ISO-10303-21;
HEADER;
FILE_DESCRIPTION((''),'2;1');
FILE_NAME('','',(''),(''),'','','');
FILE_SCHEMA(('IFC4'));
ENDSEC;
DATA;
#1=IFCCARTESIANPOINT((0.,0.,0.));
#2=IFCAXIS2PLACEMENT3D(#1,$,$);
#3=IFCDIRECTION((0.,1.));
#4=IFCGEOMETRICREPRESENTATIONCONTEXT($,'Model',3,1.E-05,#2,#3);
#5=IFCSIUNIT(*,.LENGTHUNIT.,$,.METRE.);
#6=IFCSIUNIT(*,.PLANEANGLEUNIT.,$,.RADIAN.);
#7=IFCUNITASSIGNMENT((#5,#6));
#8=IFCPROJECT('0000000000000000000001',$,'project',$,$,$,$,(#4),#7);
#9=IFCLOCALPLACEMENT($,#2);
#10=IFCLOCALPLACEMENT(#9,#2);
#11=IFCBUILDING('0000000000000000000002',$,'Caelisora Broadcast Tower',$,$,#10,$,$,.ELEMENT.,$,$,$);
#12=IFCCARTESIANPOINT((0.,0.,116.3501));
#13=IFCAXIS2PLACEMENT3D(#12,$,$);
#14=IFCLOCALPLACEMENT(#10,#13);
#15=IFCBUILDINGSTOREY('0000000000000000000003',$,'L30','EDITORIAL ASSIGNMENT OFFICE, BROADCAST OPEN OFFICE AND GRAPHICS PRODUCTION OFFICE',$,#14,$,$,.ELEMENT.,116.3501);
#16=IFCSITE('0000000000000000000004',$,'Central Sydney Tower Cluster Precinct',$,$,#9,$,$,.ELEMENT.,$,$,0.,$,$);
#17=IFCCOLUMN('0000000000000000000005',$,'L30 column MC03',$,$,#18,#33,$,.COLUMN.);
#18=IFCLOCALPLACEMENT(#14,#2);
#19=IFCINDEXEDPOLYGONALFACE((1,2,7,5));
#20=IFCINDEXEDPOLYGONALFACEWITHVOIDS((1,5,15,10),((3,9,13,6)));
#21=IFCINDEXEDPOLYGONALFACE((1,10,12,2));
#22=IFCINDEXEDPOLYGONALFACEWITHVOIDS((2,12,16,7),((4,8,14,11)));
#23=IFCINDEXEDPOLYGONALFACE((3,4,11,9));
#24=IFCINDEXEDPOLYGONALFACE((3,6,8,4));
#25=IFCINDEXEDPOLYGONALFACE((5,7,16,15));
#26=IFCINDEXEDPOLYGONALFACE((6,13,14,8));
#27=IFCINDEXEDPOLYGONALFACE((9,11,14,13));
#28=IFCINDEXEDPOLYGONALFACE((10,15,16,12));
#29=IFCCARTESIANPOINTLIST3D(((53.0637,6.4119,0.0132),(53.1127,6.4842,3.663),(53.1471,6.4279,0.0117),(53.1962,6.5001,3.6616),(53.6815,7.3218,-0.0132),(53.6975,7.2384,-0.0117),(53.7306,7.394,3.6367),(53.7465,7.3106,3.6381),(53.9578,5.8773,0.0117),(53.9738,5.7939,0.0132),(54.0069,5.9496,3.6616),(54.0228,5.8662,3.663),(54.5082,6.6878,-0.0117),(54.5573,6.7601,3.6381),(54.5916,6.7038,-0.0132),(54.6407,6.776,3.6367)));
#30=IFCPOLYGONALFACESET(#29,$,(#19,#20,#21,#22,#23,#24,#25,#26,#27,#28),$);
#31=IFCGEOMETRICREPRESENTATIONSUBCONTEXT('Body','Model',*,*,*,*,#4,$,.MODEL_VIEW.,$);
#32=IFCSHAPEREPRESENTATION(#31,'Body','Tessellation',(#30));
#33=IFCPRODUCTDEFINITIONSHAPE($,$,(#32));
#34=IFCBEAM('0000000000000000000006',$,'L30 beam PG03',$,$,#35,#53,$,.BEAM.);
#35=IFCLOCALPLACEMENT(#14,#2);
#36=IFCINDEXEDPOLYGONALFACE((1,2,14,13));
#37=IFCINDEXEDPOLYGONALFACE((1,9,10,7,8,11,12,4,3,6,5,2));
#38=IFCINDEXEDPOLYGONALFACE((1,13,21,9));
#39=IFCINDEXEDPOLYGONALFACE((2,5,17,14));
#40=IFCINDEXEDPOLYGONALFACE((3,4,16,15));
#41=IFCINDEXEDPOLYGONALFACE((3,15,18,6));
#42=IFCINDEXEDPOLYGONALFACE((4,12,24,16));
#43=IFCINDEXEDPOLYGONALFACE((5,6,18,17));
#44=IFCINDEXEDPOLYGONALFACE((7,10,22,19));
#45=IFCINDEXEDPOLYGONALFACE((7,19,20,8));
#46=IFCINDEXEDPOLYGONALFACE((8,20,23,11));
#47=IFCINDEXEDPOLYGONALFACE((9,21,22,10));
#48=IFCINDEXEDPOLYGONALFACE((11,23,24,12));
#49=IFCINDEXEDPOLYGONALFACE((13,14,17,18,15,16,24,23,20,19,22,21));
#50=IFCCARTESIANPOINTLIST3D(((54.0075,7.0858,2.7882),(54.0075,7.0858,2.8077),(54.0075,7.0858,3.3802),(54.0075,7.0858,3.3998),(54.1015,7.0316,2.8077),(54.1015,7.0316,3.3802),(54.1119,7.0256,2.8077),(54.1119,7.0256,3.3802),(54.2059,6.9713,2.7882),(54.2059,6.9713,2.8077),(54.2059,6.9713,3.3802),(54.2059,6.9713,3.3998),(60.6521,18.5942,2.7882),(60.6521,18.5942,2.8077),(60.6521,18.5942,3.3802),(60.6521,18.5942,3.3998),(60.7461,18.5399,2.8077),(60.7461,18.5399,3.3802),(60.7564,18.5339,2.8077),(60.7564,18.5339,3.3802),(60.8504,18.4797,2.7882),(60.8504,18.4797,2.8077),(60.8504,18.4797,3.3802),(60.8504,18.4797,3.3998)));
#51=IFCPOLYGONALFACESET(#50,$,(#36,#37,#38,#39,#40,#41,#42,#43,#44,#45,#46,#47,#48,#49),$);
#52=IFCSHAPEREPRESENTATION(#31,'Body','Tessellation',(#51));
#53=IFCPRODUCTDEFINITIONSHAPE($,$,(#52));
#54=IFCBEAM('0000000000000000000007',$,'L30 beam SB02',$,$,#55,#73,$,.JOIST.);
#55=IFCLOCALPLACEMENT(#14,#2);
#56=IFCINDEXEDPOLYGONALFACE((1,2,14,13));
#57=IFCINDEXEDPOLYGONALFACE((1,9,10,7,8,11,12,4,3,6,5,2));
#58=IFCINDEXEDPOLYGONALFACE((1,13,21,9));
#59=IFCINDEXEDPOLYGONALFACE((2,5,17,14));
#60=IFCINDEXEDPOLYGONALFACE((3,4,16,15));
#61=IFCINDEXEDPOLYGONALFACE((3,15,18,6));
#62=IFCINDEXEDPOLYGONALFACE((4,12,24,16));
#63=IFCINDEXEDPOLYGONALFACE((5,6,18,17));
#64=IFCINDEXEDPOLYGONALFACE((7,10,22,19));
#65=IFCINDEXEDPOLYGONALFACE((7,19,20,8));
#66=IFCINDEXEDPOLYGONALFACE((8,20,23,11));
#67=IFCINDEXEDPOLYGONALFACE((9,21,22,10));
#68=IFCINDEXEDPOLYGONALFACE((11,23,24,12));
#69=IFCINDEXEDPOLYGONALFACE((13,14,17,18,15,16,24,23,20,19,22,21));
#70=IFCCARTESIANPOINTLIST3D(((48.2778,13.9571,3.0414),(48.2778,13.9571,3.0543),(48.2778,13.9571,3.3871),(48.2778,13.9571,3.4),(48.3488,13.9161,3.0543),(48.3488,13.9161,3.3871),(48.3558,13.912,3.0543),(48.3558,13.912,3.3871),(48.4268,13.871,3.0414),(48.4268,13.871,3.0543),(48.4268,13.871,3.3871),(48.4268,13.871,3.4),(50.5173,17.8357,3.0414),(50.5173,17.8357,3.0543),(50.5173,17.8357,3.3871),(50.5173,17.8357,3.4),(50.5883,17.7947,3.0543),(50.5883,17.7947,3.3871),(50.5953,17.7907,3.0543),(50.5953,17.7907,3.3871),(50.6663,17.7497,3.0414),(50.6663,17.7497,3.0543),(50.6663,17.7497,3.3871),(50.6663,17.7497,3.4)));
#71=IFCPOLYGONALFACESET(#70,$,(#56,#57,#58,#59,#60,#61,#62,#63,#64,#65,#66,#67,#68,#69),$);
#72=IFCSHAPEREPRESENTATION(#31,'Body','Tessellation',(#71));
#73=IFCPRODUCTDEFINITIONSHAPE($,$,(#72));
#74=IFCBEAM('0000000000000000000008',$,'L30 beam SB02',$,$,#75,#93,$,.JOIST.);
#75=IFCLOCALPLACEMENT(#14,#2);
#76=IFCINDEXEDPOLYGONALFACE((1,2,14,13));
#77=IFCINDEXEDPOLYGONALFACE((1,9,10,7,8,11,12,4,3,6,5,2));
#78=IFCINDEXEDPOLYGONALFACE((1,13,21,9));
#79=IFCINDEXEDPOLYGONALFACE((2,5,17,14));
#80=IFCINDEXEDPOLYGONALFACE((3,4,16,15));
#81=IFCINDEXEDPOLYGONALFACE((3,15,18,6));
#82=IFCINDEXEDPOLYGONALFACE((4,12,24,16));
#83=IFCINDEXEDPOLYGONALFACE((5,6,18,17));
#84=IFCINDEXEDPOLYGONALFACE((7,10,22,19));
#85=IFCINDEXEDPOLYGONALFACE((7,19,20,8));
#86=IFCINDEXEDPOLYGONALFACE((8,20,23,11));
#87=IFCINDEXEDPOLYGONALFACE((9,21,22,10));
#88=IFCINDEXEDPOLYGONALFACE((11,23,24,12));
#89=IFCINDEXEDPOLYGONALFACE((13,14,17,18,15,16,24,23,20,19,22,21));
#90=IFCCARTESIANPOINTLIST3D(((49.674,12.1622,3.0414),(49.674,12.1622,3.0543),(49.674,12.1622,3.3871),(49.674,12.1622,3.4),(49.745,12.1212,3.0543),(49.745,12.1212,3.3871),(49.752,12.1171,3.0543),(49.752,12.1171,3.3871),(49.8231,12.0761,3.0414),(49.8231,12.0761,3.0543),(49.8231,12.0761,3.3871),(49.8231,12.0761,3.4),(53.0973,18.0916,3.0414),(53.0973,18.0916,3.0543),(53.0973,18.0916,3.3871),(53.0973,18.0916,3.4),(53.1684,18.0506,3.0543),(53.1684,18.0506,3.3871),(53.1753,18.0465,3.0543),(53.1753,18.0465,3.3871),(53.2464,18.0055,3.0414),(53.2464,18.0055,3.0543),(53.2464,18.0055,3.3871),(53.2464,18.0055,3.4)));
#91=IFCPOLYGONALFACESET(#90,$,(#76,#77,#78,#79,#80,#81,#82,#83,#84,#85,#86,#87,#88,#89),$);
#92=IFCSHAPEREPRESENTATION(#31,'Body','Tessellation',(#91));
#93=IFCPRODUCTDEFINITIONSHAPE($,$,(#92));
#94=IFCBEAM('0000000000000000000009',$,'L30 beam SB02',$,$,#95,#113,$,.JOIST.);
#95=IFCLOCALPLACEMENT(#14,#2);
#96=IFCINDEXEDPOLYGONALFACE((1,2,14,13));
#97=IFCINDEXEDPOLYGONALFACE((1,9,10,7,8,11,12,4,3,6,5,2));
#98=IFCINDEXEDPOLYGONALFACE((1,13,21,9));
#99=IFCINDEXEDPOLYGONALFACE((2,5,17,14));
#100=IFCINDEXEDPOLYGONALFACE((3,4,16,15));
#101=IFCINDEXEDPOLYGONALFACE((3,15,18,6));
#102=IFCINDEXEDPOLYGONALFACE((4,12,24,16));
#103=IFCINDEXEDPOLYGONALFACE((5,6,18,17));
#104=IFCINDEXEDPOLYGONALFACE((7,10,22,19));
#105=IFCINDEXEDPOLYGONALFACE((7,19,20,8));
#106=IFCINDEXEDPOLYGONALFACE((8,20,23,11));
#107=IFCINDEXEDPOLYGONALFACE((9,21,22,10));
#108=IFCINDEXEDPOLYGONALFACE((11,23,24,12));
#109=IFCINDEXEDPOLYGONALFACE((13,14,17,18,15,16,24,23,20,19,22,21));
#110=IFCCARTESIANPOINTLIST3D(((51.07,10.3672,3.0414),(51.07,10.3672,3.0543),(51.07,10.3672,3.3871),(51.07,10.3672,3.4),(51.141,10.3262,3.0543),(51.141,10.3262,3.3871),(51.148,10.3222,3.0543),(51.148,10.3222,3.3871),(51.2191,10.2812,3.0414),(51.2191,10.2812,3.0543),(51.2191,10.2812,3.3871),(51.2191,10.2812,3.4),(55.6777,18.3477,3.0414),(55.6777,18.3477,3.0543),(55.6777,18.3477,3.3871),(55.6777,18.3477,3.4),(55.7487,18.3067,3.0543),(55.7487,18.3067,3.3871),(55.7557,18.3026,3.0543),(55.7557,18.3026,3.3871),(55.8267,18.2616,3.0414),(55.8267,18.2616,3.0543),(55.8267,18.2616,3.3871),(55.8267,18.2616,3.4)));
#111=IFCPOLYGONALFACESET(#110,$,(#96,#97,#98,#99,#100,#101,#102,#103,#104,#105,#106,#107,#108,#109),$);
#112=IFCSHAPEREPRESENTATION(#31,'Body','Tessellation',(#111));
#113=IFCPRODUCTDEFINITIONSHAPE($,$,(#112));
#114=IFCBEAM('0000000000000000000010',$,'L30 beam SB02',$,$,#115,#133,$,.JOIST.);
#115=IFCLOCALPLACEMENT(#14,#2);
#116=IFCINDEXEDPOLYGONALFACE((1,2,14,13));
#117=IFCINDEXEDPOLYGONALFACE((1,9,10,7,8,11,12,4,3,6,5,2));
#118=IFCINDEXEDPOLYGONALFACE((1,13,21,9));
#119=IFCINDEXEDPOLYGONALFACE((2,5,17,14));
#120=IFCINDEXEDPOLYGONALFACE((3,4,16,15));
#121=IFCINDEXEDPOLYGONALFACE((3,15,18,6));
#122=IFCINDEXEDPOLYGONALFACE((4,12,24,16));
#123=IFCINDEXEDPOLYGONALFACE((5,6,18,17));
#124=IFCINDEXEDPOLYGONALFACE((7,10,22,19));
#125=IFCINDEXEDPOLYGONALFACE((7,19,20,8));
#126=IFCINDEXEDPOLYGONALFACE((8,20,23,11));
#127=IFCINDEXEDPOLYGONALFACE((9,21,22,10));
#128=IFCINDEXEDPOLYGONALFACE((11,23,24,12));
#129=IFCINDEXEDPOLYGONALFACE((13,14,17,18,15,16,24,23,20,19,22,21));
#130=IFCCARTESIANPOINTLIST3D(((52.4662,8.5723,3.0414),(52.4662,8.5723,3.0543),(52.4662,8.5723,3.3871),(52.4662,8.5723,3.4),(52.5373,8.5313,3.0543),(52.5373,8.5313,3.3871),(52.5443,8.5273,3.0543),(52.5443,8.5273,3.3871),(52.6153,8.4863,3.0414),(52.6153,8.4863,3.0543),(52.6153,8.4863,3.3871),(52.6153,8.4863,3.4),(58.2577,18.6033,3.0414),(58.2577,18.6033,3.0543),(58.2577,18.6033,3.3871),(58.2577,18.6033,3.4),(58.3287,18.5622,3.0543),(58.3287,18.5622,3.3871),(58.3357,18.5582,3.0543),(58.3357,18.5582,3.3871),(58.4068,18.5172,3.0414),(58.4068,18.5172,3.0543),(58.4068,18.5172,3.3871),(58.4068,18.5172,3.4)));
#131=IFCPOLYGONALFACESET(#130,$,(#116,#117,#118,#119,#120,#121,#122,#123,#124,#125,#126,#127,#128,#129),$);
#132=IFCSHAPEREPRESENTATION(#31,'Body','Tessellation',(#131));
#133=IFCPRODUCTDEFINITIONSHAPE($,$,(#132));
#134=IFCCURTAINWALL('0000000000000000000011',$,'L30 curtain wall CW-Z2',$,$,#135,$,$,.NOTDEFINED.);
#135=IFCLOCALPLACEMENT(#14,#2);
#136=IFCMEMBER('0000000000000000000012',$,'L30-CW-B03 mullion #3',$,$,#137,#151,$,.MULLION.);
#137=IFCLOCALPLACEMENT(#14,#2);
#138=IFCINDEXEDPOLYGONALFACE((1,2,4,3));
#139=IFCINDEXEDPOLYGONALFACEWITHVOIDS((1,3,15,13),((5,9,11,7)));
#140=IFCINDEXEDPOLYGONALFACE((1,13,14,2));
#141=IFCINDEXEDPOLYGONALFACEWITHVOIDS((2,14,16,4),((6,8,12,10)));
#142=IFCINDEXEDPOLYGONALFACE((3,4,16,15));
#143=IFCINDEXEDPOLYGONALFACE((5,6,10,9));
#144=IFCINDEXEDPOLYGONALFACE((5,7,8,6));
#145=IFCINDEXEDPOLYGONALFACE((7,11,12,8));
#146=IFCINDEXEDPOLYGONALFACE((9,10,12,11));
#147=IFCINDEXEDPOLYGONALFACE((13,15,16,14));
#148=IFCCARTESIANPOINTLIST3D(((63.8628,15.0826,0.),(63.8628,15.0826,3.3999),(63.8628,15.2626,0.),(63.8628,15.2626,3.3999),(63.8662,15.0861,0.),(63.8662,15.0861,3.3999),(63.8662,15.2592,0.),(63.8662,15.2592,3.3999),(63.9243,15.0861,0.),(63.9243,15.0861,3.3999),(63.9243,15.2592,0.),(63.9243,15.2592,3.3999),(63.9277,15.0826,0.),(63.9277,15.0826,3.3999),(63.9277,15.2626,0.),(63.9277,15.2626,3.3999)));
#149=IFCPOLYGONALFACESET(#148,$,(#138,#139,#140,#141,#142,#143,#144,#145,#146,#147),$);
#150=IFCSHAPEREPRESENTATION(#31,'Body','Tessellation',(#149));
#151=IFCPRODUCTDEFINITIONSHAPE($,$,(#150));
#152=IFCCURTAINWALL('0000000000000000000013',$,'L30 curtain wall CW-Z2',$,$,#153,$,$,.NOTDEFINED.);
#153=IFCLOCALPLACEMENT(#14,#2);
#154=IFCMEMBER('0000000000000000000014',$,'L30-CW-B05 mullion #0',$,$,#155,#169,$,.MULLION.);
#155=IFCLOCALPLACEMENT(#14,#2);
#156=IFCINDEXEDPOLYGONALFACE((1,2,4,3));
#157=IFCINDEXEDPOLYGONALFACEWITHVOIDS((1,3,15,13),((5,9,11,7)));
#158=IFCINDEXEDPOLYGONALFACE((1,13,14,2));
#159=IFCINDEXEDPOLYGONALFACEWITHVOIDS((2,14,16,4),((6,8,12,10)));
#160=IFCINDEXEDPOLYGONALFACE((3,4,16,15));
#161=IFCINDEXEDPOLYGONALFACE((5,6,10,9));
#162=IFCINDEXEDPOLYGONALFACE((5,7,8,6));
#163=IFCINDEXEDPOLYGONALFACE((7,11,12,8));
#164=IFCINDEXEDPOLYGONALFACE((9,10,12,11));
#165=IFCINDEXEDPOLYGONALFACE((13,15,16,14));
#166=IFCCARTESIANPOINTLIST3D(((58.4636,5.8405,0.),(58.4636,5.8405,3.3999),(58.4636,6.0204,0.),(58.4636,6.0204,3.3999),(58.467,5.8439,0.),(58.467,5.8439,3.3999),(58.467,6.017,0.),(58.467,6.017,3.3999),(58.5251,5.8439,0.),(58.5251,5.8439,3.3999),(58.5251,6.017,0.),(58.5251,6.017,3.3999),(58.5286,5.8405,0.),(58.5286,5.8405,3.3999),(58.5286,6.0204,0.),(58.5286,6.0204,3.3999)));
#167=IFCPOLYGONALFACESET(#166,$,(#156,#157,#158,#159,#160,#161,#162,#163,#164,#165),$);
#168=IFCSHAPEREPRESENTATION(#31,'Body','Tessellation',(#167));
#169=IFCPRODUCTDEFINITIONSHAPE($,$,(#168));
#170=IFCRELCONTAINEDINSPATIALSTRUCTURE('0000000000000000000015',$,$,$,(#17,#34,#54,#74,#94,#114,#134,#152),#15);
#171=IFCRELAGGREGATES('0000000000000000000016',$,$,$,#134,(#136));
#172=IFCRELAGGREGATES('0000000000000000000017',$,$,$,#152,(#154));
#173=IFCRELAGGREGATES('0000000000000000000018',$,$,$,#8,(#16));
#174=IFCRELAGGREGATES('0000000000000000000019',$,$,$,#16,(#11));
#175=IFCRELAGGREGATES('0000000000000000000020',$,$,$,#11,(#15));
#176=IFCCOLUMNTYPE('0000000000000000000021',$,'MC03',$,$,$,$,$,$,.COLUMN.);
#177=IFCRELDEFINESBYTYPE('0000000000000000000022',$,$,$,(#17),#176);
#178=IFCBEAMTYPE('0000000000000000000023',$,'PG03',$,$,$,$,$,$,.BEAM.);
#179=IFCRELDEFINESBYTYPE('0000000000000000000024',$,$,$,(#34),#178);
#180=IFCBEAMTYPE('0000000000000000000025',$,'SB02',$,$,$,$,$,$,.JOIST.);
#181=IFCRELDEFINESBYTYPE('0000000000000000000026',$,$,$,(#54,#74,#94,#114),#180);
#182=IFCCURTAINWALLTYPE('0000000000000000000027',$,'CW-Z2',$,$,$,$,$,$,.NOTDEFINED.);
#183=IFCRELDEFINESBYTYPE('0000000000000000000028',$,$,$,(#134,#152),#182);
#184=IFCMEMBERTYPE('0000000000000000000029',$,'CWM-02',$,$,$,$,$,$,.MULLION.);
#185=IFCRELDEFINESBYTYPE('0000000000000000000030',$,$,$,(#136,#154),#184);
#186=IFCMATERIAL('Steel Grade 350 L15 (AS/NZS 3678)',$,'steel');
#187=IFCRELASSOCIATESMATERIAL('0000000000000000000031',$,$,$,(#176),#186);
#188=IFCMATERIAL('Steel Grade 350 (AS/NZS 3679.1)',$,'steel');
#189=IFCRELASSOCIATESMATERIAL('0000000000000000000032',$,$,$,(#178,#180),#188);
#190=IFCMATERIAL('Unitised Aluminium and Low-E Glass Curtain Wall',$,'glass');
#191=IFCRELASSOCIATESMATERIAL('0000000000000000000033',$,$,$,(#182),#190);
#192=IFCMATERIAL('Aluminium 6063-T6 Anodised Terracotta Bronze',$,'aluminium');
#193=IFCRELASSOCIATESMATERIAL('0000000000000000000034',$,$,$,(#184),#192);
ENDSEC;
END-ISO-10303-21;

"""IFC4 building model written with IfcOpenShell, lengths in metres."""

from ifc_helpers import new_model, si_unit, direction, frame, origin, origin_2d, place, context, subcontext, project, spatial, hollow_rectangle, i_section, extrude, source, transform, mapped, material, material_profile, profile_set, type_object, type_shapes, element, aggregate, save


model = new_model("IFC4")

# Units and contexts
model_context = context("Model", 3, precision=1e-05, world=origin(), true_north=direction((0.0, 1.0)))
body_context = subcontext(model_context, "Body", "Model", "MODEL_VIEW")
ifc_project = project(units=[si_unit("LENGTHUNIT", "METRE"), si_unit("PLANEANGLEUNIT", "RADIAN")], contexts=[model_context])

# Site, building, storey
site_placement = place(None, origin())
site = spatial("IfcSite", under=ifc_project, at=site_placement, Name="Central Sydney Tower Cluster Precinct", CompositionType="ELEMENT", RefElevation=0.0)
building_placement = place(site_placement, origin())
building = spatial("IfcBuilding", under=site, at=building_placement, Name="Caelisora Broadcast Tower", CompositionType="ELEMENT")
storey_placement = place(building_placement, frame((0.0, 0.0, 116.3501)))
storey = spatial("IfcBuildingStorey", under=building, at=storey_placement, Name="L30", Description="EDITORIAL ASSIGNMENT OFFICE, BROADCAST OPEN OFFICE AND GRAPHICS PRODUCTION OFFICE", CompositionType="ELEMENT", Elevation=116.3501)

# Column
ifc_material_1 = material(Name="Steel Grade 350 L15 (AS/NZS 3678)", Category="steel")
ifc_material_profile_1 = material_profile(ifc_material_1, hollow_rectangle(XDim=1.1001, YDim=1.1001, WallThickness=0.0601, at=origin_2d()), Name="Steel Grade 350 L15 (AS/NZS 3678)")
ifc_profile_set_1 = profile_set([ifc_material_profile_1], Name="Steel Grade 350 L15 (AS/NZS 3678)")
column_type = type_object("IfcColumnType", Name="MC03", PredefinedType="COLUMN", material=ifc_profile_set_1)
shared_shape_1 = source(origin(), body_context, "Body", "SweptSolid", [
    extrude(hollow_rectangle(XDim=1.1001, YDim=1.1001, WallThickness=0.0601, at=origin_2d()), origin(), (0.0, 0.0, 1.0), 3.6509),
])
type_shapes(column_type, [shared_shape_1])
column_placement = place(storey_placement, frame((53.8276, 6.5579, 0.0), z_axis=(0.013441, 0.019794, 0.999714), x_axis=(-0.82729, 0.561775, 0.0)))
element("IfcColumn", 1, at=column_placement, inside=storey, type_object=column_type, Name="L30 column MC03", PredefinedType="COLUMN", context=body_context, shape_type="MappedRepresentation", body=[
    mapped(shared_shape_1, transform((0.0, 0.0, 0.0), scale=1.0)),
])

# Beams
ifc_material_2 = material(Name="Steel Grade 350 (AS/NZS 3679.1)", Category="steel")
ifc_material_profile_2 = material_profile(ifc_material_2, i_section(OverallWidth=0.229, OverallDepth=0.6116, WebThickness=0.012, FlangeThickness=0.0195, at=origin_2d()), Name="Steel Grade 350 (AS/NZS 3679.1)")
ifc_profile_set_2 = profile_set([ifc_material_profile_2], Name="Steel Grade 350 (AS/NZS 3679.1)")
beam_type_1 = type_object("IfcBeamType", Name="PG03", PredefinedType="BEAM", material=ifc_profile_set_2)
shared_shape_2 = source(origin(), body_context, "Body", "SweptSolid", [
    extrude(i_section(OverallWidth=0.229, OverallDepth=0.6116, WebThickness=0.012, FlangeThickness=0.0195, at=origin_2d()), origin(), (0.0, 0.0, 1.0), 13.2888),
])
type_shapes(beam_type_1, [shared_shape_2])
beam_1_placement = place(storey_placement, frame((54.1067, 7.0286, 3.094), z_axis=(0.500012, 0.866019, 0.0), x_axis=(-0.866019, 0.500012, 0.0)))
element("IfcBeam", 2, at=beam_1_placement, inside=storey, type_object=beam_type_1, Name="L30 beam PG03", PredefinedType="BEAM", context=body_context, shape_type="MappedRepresentation", body=[
    mapped(shared_shape_2, transform((0.0, 0.0, 0.0), scale=1.0)),
])
ifc_material_profile_3 = material_profile(ifc_material_2, i_section(OverallWidth=0.1721, OverallDepth=0.3586, WebThickness=0.0081, FlangeThickness=0.0129, at=origin_2d()), Name="Steel Grade 350 (AS/NZS 3679.1)")
ifc_profile_set_3 = profile_set([ifc_material_profile_3], Name="Steel Grade 350 (AS/NZS 3679.1)")
beam_type_2 = type_object("IfcBeamType", Name="SB02", PredefinedType="JOIST", material=ifc_profile_set_3)
shared_shape_3 = source(origin(), body_context, "Body", "SweptSolid", [
    extrude(i_section(OverallWidth=0.1721, OverallDepth=0.3586, WebThickness=0.0081, FlangeThickness=0.0129, at=origin_2d()), origin(), (0.0, 0.0, 1.0), 4.4788),
])
beam_2_placement = place(storey_placement, frame((48.3523, 13.9141, 3.2207), z_axis=(0.500026, 0.86601, 0.0), x_axis=(-0.86601, 0.500026, 0.0)))
element("IfcBeam", 3, at=beam_2_placement, inside=storey, type_object=beam_type_2, Name="L30 beam SB02", PredefinedType="JOIST", context=body_context, shape_type="MappedRepresentation", body=[
    mapped(shared_shape_3, transform((0.0, 0.0, 0.0), scale=1.0)),
])
shared_shape_4 = source(origin(), body_context, "Body", "SweptSolid", [
    extrude(i_section(OverallWidth=0.1721, OverallDepth=0.3586, WebThickness=0.0081, FlangeThickness=0.0129, at=origin_2d()), origin(), (0.0, 0.0, 1.0), 6.8467),
])
beam_3_placement = place(storey_placement, frame((49.7485, 12.1191, 3.2207), z_axis=(0.499997, 0.866027, 0.0), x_axis=(-0.866027, 0.499997, 0.0)))
element("IfcBeam", 4, at=beam_3_placement, inside=storey, type_object=beam_type_2, Name="L30 beam SB02", PredefinedType="JOIST", context=body_context, shape_type="MappedRepresentation", body=[
    mapped(shared_shape_4, transform((0.0, 0.0, 0.0), scale=1.0)),
])
shared_shape_5 = source(origin(), body_context, "Body", "SweptSolid", [
    extrude(i_section(OverallWidth=0.1721, OverallDepth=0.3586, WebThickness=0.0081, FlangeThickness=0.0129, at=origin_2d()), origin(), (0.0, 0.0, 1.0), 9.2151),
])
beam_4_placement = place(storey_placement, frame((51.1445, 10.3242, 3.2207), z_axis=(0.500011, 0.866019, 0.0), x_axis=(-0.866019, 0.500011, 0.0)))
element("IfcBeam", 5, at=beam_4_placement, inside=storey, type_object=beam_type_2, Name="L30 beam SB02", PredefinedType="JOIST", context=body_context, shape_type="MappedRepresentation", body=[
    mapped(shared_shape_5, transform((0.0, 0.0, 0.0), scale=1.0)),
])
shared_shape_6 = source(origin(), body_context, "Body", "SweptSolid", [
    extrude(i_section(OverallWidth=0.1721, OverallDepth=0.3586, WebThickness=0.0081, FlangeThickness=0.0129, at=origin_2d()), origin(), (0.0, 0.0, 1.0), 11.5828),
])
type_shapes(beam_type_2, [shared_shape_3, shared_shape_4, shared_shape_5, shared_shape_6])
beam_5_placement = place(storey_placement, frame((52.5408, 8.5293, 3.2207), z_axis=(0.500006, 0.866022, 0.0), x_axis=(-0.866022, 0.500006, 0.0)))
element("IfcBeam", 6, at=beam_5_placement, inside=storey, type_object=beam_type_2, Name="L30 beam SB02", PredefinedType="JOIST", context=body_context, shape_type="MappedRepresentation", body=[
    mapped(shared_shape_6, transform((0.0, 0.0, 0.0), scale=1.0)),
])

# Curtain wall, member
ifc_material_3 = material(Name="Unitised Aluminium and Low-E Glass Curtain Wall", Category="glass")
curtain_wall_type = type_object("IfcCurtainWallType", Name="CW-Z2", PredefinedType="NOTDEFINED", material=ifc_material_3)
curtain_wall_1_placement = place(storey_placement, origin())
curtain_wall_1 = element("IfcCurtainWall", 7, at=curtain_wall_1_placement, inside=storey, type_object=curtain_wall_type, Name="L30 curtain wall CW-Z2", PredefinedType="NOTDEFINED")
ifc_material_4 = material(Name="Aluminium 6063-T6 Anodised Terracotta Bronze", Category="aluminium")
ifc_material_profile_4 = material_profile(ifc_material_4, hollow_rectangle(XDim=0.0649, YDim=0.1799, WallThickness=0.0034, at=origin_2d()), Name="Aluminium 6063-T6 Anodised Terracotta Bronze")
ifc_profile_set_4 = profile_set([ifc_material_profile_4], Name="Aluminium 6063-T6 Anodised Terracotta Bronze")
member_type_1 = type_object("IfcMemberType", Name="CWM-02", PredefinedType="MULLION", material=ifc_profile_set_4)
shared_shape_7 = source(origin(), body_context, "Body", "SweptSolid", [
    extrude(hollow_rectangle(XDim=0.0649, YDim=0.1799, WallThickness=0.0034, at=origin_2d()), origin(), (0.0, 0.0, 1.0), 3.3999),
])
type_shapes(member_type_1, [shared_shape_7])
member_1_placement = place(storey_placement, frame((63.8953, 15.1726, 0.0), z_axis=(0.0, 0.0, 1.0), x_axis=(1.0, 0.0, 0.0)))
member_1 = element("IfcMember", 8, at=member_1_placement, type_object=member_type_1, Name="L30-CW-B03 mullion #3", PredefinedType="MULLION", context=body_context, shape_type="MappedRepresentation", body=[
    mapped(shared_shape_7, transform((0.0, 0.0, 0.0), scale=1.0)),
])
aggregate(curtain_wall_1, [member_1])

# Curtain wall, member
curtain_wall_2_placement = place(storey_placement, origin())
curtain_wall_2 = element("IfcCurtainWall", 9, at=curtain_wall_2_placement, inside=storey, type_object=curtain_wall_type, Name="L30 curtain wall CW-Z2", PredefinedType="NOTDEFINED")
member_2_placement = place(storey_placement, frame((58.4961, 5.9304, 0.0), z_axis=(0.0, 0.0, 1.0), x_axis=(1.0, 0.0, 0.0)))
member_2 = element("IfcMember", 10, at=member_2_placement, type_object=member_type_1, Name="L30-CW-B05 mullion #0", PredefinedType="MULLION", context=body_context, shape_type="MappedRepresentation", body=[
    mapped(shared_shape_7, transform((0.0, 0.0, 0.0), scale=1.0)),
])
aggregate(curtain_wall_2, [member_2])

save(model, "model.ifc")
